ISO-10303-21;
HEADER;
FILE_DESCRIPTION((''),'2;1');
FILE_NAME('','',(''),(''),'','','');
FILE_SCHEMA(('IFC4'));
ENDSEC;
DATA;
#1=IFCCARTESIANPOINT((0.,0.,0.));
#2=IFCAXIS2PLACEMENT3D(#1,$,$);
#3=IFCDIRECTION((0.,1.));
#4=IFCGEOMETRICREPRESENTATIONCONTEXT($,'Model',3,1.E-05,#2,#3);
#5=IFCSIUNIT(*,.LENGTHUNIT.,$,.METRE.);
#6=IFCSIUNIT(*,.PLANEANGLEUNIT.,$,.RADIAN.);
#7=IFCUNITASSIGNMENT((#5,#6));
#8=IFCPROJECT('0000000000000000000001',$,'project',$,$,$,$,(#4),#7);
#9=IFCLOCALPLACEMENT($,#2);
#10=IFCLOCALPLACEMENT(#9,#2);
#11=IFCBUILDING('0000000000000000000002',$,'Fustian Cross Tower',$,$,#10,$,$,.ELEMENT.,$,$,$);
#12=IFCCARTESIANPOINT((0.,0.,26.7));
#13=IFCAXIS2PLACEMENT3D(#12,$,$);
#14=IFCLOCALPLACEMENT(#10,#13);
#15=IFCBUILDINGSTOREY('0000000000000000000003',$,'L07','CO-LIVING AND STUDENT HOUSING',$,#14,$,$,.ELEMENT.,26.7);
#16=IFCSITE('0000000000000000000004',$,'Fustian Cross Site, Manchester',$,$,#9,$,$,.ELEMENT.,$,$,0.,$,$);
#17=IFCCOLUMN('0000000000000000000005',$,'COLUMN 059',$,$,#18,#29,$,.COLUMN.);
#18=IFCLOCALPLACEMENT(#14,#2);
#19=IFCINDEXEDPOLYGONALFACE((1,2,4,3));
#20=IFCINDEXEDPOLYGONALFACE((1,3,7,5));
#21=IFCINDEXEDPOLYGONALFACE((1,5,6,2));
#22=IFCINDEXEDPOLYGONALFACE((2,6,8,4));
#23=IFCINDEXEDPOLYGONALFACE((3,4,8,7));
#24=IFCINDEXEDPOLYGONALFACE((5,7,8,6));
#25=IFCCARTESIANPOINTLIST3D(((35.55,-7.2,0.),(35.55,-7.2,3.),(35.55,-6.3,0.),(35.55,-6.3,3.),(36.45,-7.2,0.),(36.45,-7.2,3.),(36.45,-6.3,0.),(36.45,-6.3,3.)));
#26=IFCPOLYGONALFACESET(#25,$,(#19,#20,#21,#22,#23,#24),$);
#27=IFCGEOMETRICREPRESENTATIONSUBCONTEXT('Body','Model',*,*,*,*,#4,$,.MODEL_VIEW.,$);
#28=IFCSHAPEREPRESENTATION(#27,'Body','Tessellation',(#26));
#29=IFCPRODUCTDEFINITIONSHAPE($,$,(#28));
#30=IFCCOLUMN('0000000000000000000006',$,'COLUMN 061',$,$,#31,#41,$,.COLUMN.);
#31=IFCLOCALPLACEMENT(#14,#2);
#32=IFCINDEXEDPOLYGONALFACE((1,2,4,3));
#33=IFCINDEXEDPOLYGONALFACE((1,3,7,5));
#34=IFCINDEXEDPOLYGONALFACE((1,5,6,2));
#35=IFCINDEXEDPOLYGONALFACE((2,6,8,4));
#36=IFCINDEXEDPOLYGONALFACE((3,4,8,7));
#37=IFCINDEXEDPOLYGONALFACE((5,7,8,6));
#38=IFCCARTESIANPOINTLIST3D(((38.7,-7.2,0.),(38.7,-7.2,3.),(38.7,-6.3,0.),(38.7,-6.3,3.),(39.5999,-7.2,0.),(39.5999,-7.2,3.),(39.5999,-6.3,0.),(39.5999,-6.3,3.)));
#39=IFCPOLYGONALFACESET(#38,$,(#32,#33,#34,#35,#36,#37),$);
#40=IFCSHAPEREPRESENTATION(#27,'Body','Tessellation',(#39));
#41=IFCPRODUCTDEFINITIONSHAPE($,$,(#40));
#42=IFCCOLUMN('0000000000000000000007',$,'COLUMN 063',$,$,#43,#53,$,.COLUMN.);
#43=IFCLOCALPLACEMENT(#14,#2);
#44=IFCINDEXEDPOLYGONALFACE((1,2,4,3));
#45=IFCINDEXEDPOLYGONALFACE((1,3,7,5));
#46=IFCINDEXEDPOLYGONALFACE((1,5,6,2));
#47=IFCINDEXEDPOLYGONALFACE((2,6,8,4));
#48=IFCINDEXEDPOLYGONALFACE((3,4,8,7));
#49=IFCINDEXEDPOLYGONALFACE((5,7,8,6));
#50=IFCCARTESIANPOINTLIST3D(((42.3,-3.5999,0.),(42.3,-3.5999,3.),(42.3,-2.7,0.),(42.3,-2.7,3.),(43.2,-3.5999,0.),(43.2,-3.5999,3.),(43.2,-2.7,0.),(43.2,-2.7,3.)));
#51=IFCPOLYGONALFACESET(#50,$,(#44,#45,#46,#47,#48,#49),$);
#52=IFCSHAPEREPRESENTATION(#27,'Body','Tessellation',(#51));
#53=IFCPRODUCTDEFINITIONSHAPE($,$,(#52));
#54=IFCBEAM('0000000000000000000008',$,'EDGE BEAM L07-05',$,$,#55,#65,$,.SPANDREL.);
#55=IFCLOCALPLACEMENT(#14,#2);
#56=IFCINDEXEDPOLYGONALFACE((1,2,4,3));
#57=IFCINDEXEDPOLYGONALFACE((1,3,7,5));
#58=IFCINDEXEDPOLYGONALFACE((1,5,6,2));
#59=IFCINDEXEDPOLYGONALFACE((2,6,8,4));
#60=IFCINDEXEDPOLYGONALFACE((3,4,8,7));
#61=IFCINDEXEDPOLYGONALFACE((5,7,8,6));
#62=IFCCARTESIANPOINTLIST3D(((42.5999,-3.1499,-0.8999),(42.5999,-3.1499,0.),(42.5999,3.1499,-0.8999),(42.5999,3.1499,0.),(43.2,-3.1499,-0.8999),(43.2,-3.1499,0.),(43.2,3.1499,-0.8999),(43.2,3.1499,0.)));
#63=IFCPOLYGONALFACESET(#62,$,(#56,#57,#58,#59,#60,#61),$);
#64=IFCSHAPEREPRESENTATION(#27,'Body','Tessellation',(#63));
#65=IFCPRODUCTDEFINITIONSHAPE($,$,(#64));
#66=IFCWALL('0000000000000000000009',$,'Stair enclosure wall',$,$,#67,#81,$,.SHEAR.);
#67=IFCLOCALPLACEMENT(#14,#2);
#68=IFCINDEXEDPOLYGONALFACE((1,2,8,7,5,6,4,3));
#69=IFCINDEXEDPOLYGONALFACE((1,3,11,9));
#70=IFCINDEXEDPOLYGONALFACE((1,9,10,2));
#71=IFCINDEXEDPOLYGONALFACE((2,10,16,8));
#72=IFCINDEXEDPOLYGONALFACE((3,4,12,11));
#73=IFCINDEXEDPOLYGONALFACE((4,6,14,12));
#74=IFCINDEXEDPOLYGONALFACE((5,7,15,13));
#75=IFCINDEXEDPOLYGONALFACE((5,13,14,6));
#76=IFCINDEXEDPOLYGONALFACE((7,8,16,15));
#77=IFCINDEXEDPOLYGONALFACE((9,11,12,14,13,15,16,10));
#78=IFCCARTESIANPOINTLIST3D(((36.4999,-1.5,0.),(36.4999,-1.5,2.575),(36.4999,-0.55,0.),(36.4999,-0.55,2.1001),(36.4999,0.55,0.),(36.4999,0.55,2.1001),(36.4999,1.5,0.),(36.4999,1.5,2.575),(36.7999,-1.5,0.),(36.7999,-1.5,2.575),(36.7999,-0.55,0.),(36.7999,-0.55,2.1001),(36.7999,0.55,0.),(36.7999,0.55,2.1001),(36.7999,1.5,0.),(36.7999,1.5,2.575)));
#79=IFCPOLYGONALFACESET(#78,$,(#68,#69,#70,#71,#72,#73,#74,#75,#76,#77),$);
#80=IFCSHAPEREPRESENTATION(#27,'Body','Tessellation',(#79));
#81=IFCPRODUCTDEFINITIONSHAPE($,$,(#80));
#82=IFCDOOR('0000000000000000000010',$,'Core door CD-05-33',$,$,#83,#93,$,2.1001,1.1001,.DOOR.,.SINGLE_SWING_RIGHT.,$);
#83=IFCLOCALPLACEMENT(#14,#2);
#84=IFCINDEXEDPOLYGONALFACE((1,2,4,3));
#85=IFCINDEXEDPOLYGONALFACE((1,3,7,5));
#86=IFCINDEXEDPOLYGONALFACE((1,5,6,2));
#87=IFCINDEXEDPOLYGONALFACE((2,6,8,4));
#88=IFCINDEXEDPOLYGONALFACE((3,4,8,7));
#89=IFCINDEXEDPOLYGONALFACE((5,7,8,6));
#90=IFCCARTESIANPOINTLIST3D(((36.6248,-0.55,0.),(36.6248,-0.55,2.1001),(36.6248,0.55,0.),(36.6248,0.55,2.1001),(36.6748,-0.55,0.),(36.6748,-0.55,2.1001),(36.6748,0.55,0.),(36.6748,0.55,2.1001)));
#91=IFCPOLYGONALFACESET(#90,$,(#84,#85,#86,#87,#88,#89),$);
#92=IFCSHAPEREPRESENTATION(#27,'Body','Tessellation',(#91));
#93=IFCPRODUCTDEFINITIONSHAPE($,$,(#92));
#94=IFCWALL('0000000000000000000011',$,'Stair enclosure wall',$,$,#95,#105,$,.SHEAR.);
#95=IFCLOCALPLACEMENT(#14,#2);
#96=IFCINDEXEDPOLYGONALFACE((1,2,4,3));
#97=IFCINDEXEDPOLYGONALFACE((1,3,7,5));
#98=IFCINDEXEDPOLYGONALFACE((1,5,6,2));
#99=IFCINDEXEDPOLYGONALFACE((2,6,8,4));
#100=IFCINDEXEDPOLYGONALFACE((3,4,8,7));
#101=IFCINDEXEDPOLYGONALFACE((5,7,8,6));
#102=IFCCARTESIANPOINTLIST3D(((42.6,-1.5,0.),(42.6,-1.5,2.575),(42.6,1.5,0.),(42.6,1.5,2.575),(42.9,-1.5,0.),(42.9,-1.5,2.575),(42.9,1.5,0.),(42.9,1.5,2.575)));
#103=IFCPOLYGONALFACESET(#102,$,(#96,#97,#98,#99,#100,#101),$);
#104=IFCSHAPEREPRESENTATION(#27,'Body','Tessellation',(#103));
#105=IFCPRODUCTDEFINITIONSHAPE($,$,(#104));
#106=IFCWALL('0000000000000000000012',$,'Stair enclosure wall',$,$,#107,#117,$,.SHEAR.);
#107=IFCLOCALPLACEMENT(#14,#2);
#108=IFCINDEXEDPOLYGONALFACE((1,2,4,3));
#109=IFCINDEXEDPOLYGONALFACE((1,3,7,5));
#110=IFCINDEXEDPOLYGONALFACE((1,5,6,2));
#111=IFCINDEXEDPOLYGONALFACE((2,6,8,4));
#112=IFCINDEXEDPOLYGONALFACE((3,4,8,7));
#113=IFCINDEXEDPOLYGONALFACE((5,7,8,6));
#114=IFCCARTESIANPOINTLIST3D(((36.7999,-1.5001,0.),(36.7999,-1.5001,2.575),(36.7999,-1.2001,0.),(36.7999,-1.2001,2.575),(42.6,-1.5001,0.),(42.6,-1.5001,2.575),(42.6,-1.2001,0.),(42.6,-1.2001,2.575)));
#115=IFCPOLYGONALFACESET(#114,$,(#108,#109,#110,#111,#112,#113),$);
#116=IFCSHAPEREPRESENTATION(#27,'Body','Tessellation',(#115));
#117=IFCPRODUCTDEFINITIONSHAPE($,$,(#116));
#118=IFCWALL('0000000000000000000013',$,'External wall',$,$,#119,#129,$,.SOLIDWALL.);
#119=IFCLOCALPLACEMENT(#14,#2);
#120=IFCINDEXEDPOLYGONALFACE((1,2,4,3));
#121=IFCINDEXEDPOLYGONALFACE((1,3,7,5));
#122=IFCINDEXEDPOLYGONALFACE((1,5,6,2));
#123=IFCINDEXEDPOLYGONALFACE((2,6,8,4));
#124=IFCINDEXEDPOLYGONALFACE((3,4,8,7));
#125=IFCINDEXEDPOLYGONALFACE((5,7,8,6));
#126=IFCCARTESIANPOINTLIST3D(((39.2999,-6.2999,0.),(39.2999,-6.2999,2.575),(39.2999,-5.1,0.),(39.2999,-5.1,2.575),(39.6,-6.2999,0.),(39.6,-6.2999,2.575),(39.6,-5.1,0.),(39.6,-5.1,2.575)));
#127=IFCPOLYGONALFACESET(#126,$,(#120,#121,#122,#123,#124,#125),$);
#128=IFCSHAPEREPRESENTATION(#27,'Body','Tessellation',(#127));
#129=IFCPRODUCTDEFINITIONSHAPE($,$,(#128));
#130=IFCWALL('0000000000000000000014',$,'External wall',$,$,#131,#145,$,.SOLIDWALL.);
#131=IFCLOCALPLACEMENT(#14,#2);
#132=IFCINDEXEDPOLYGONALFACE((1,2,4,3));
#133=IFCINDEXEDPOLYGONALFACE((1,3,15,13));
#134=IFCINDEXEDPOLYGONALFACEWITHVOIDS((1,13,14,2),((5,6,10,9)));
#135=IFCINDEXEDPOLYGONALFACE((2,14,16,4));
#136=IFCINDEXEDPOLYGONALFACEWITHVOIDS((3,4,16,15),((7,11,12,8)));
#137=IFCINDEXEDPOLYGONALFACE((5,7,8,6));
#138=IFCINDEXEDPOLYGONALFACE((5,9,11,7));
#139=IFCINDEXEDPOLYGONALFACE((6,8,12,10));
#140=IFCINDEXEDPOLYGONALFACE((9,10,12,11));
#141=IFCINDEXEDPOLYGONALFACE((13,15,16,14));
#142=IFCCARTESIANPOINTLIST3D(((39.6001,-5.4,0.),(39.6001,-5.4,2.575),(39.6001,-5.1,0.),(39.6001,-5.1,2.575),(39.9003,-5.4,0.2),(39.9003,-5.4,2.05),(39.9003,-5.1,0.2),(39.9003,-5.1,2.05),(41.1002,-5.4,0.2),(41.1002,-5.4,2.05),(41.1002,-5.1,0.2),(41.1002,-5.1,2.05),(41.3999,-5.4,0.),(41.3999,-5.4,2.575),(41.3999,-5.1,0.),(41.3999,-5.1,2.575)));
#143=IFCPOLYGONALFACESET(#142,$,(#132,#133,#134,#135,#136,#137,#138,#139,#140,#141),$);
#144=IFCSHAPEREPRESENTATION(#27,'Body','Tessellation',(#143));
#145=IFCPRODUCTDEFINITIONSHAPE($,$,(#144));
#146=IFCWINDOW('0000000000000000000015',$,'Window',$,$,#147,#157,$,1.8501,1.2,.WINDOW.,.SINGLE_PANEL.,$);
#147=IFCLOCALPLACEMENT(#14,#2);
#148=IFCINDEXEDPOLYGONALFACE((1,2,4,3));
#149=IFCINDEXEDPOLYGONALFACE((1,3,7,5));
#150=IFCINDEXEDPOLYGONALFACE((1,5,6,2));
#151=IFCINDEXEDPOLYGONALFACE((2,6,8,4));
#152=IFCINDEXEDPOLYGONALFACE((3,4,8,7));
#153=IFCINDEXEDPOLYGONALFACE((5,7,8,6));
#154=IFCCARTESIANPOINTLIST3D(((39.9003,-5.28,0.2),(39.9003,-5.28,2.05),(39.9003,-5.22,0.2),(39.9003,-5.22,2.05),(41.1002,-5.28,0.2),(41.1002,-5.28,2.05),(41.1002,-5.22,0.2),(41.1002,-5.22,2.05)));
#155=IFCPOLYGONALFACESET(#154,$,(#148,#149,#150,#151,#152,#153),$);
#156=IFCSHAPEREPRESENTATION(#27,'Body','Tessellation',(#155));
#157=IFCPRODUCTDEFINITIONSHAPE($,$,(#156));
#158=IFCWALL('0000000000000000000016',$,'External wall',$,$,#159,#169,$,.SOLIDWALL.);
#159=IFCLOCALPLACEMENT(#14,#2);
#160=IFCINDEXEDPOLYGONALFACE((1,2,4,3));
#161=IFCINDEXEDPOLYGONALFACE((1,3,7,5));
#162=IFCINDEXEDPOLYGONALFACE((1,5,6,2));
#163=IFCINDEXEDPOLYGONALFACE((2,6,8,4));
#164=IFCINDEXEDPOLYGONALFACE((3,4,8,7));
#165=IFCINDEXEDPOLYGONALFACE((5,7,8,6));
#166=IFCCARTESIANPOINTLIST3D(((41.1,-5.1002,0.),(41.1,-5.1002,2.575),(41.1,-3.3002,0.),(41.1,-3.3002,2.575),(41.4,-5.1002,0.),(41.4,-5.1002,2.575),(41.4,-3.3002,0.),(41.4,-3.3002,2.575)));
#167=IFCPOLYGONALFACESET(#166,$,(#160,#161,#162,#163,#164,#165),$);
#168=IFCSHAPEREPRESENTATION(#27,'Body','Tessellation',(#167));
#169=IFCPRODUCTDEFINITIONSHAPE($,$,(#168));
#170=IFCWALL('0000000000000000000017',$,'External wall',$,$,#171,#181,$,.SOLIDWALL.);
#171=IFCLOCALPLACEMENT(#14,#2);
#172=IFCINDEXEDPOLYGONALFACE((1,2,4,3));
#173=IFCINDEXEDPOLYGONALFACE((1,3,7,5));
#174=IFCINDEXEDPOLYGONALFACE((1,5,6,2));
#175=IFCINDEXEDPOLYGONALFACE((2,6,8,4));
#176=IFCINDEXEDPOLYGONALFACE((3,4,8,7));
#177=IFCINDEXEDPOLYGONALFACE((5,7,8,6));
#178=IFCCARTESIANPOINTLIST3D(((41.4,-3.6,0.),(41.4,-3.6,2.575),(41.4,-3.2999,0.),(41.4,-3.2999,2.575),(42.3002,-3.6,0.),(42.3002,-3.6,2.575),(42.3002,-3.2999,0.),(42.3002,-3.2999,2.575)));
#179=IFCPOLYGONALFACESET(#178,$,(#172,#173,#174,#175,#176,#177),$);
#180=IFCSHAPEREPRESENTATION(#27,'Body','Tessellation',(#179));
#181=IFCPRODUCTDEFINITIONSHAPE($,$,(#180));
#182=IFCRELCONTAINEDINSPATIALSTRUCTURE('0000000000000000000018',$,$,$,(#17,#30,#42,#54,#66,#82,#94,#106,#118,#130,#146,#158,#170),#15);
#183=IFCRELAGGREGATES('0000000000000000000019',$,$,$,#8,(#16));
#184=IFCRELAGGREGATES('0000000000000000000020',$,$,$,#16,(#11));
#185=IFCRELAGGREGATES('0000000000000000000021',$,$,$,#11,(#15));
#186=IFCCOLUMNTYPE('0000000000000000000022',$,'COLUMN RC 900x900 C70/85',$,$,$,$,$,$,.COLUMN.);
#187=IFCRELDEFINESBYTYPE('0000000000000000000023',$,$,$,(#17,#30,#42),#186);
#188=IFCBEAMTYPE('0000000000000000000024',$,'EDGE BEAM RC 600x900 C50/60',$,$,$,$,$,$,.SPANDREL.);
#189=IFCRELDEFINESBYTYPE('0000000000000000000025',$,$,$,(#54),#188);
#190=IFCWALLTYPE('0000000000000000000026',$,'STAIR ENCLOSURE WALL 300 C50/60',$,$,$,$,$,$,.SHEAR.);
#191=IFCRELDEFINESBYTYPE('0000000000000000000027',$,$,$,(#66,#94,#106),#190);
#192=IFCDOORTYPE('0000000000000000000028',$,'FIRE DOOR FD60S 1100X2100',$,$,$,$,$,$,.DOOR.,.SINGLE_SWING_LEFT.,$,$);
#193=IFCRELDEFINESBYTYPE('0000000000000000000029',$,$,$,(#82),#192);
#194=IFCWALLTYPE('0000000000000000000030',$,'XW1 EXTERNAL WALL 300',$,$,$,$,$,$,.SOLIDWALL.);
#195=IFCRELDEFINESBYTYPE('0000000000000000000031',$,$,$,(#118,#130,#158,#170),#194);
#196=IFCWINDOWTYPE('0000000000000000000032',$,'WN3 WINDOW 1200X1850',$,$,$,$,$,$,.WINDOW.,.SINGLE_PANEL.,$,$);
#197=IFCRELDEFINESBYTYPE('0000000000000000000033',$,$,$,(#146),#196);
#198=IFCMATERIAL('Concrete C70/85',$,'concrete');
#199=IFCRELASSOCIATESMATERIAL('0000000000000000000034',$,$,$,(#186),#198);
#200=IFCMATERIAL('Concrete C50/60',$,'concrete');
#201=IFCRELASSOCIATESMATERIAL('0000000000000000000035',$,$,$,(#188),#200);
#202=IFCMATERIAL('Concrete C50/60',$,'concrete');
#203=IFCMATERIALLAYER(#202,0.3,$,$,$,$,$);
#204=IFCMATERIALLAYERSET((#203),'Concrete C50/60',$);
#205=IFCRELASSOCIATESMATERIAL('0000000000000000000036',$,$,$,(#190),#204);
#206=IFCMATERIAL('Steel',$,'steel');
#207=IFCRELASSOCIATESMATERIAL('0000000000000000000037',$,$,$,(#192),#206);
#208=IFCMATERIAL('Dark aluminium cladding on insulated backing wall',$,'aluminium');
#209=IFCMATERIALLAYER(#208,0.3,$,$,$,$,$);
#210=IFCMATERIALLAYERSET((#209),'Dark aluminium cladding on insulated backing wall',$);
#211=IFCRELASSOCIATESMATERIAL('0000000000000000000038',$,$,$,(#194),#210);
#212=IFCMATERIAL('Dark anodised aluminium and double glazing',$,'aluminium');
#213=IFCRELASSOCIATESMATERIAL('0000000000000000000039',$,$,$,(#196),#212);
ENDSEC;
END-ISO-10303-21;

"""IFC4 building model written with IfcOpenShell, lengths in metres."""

from ifc_helpers import new_model, si_unit, direction, frame, frame_2d, origin, origin_2d, place, context, subcontext, project, spatial, rectangle, extrude, material, layer, layer_set, material_profile, profile_set, type_object, element, fill, save


model = new_model("IFC4")

# Units and contexts
model_context = context("Model", 3, precision=1e-05, world=origin(), true_north=direction((0.0, 1.0)))
body_context = subcontext(model_context, "Body", "Model", "MODEL_VIEW")
ifc_project = project(units=[si_unit("LENGTHUNIT", "METRE"), si_unit("PLANEANGLEUNIT", "RADIAN")], contexts=[model_context])

# Site, building, storey
site_placement = place(None, origin())
site = spatial("IfcSite", under=ifc_project, at=site_placement, Name="Fustian Cross Site, Manchester", CompositionType="ELEMENT", RefElevation=0.0)
building_placement = place(site_placement, origin())
building = spatial("IfcBuilding", under=site, at=building_placement, Name="Fustian Cross Tower", CompositionType="ELEMENT")
storey_placement = place(building_placement, frame((0.0, 0.0, 26.7)))
storey = spatial("IfcBuildingStorey", under=building, at=storey_placement, Name="L07", Description="CO-LIVING AND STUDENT HOUSING", CompositionType="ELEMENT", Elevation=26.7)

# Columns
ifc_material_1 = material(Name="Concrete C70/85", Category="concrete")
ifc_material_profile_1 = material_profile(ifc_material_1, rectangle(XDim=0.8999, YDim=0.8999, at=origin_2d()), Name="RC 900x900")
ifc_profile_set_1 = profile_set([ifc_material_profile_1], Name="Concrete C70/85")
column_type = type_object("IfcColumnType", Name="COLUMN RC 900x900 C70/85", PredefinedType="COLUMN", material=ifc_profile_set_1)
for number, where, z_axis, x_axis, name in (
    (1, (36.0, -6.75, 0.0), (0.0, 0.0, 1.0), (1.0, 0.0, 0.0), "COLUMN 059"),
    (2, (39.1499, -6.75, 0.0), (0.0, 0.0, 1.0), (1.0, 0.0, 0.0), "COLUMN 061"),
    (3, (42.75, -3.1499, 0.0), (0.0, 0.0, 1.0), (1.0, 0.0, 0.0), "COLUMN 063"),
):
    element("IfcColumn", number, at=place(storey_placement, frame(where, z_axis=z_axis, x_axis=x_axis)), inside=storey, type_object=column_type, Name=name, PredefinedType="COLUMN", context=body_context, shape_type="SweptSolid", body=[
        extrude(rectangle(XDim=0.8999, YDim=0.8999, at=origin_2d()), origin(), (0.0, 0.0, 1.0), 3.0),
    ])

# Beam
ifc_material_2 = material(Name="Concrete C50/60", Category="concrete")
ifc_material_profile_2 = material_profile(ifc_material_2, rectangle(XDim=0.6001, YDim=0.8999, at=origin_2d()), Name="RC 600x900")
ifc_profile_set_2 = profile_set([ifc_material_profile_2], Name="Concrete C50/60")
beam_type = type_object("IfcBeamType", Name="EDGE BEAM RC 600x900 C50/60", PredefinedType="SPANDREL", material=ifc_profile_set_2)
beam_placement = place(storey_placement, frame((42.8999, -3.1499, -0.45), z_axis=(0.0, 1.0, 0.0), x_axis=(-1.0, 0.0, 0.0)))
element("IfcBeam", 4, at=beam_placement, inside=storey, type_object=beam_type, Name="EDGE BEAM L07-05", PredefinedType="SPANDREL", context=body_context, shape_type="SweptSolid", body=[
    extrude(rectangle(XDim=0.6001, YDim=0.8999, at=origin_2d()), origin(), (0.0, 0.0, 1.0), 6.2998),
])

# Wall, opening, door
ifc_material_3 = material(Name="Concrete C50/60", Category="concrete")
ifc_layer_1 = layer(ifc_material_3, 0.3)
ifc_layer_set_1 = layer_set([ifc_layer_1], Name="Concrete C50/60")
wall_type_1 = type_object("IfcWallType", Name="STAIR ENCLOSURE WALL 300 C50/60", PredefinedType="SHEAR", material=ifc_layer_set_1)
wall_1_placement = place(storey_placement, frame((36.6499, -1.5, 0.0), z_axis=(0.0, 0.0, 1.0), x_axis=(0.0, 1.0, 0.0)))
wall_1 = element("IfcWall", 5, at=wall_1_placement, inside=storey, type_object=wall_type_1, Name="Stair enclosure wall", PredefinedType="SHEAR", context=body_context, shape_type="SweptSolid", body=[
    extrude(rectangle(XDim=3.0, YDim=0.3, at=frame_2d((1.5, 0.0))), origin(), (0.0, 0.0, 1.0), 2.575),
])
opening_1_placement = place(wall_1_placement, frame((0.95, 0.0, 0.0)))
opening_1 = element("IfcOpeningElement", 6, at=opening_1_placement, cuts=wall_1, PredefinedType="OPENING", context=body_context, shape_type="SweptSolid", body=[
    extrude(rectangle(XDim=1.1001, YDim=2.1001, at=frame_2d((0.55, 1.05))), frame((0.0, 0.1599, 0.0), z_axis=(0.0, -1.0, 0.0), x_axis=(1.0, 0.0, 0.0)), (0.0, 0.0, 1.0), 0.3201),
])
ifc_material_4 = material(Name="Steel", Category="steel")
door_type = type_object("IfcDoorType", Name="FIRE DOOR FD60S 1100X2100", OperationType="SINGLE_SWING_LEFT", PredefinedType="DOOR", material=ifc_material_4)
door_placement = place(opening_1_placement, frame((1.1001, 0.0, 0.0), z_axis=(0.0, 0.0, 1.0), x_axis=(-1.0, 0.0, 0.0)))
door = element("IfcDoor", 7, at=door_placement, inside=storey, type_object=door_type, Name="Core door CD-05-33", OperationType="SINGLE_SWING_RIGHT", OverallHeight=2.1001, OverallWidth=1.1001, PredefinedType="DOOR", context=body_context, shape_type="SweptSolid", body=[
    extrude(rectangle(XDim=1.1001, YDim=2.1001, at=frame_2d((0.55, 1.05))), frame((0.0, 0.0249, 0.0), z_axis=(0.0, -1.0, 0.0), x_axis=(1.0, 0.0, 0.0)), (0.0, 0.0, 1.0), 0.05),
])
fill(opening_1, door)

# Walls
wall_2_placement = place(storey_placement, frame((42.75, -1.5, 0.0), z_axis=(0.0, 0.0, 1.0), x_axis=(0.0, 1.0, 0.0)))
element("IfcWall", 8, at=wall_2_placement, inside=storey, type_object=wall_type_1, Name="Stair enclosure wall", PredefinedType="SHEAR", context=body_context, shape_type="SweptSolid", body=[
    extrude(rectangle(XDim=3.0, YDim=0.3, at=frame_2d((1.5, 0.0))), origin(), (0.0, 0.0, 1.0), 2.575),
])
wall_3_placement = place(storey_placement, frame((36.8, -1.3501, 0.0), z_axis=(0.0, 0.0, 1.0), x_axis=(1.0, 0.0, 0.0)))
element("IfcWall", 9, at=wall_3_placement, inside=storey, type_object=wall_type_1, Name="Stair enclosure wall", PredefinedType="SHEAR", context=body_context, shape_type="SweptSolid", body=[
    extrude(rectangle(XDim=5.8, YDim=0.3, at=frame_2d((2.8999, 0.0))), origin(), (0.0, 0.0, 1.0), 2.575),
])
ifc_material_5 = material(Name="Dark aluminium cladding on insulated backing wall", Category="aluminium")
ifc_layer_2 = layer(ifc_material_5, 0.3)
ifc_layer_set_2 = layer_set([ifc_layer_2], Name="Dark aluminium cladding on insulated backing wall")
wall_type_2 = type_object("IfcWallType", Name="XW1 EXTERNAL WALL 300", PredefinedType="SOLIDWALL", material=ifc_layer_set_2)
wall_4_placement = place(storey_placement, frame((39.45, -6.3, 0.0), z_axis=(0.0, 0.0, 1.0), x_axis=(0.0, 1.0, 0.0)))
element("IfcWall", 10, at=wall_4_placement, inside=storey, type_object=wall_type_2, Name="External wall", PredefinedType="SOLIDWALL", context=body_context, shape_type="SweptSolid", body=[
    extrude(rectangle(XDim=1.2, YDim=0.3, at=frame_2d((0.6001, 0.0))), origin(), (0.0, 0.0, 1.0), 2.575),
])

# Wall, opening, window
wall_5_placement = place(storey_placement, frame((39.6001, -5.25, 0.0), z_axis=(0.0, 0.0, 1.0), x_axis=(1.0, 0.0, 0.0)))
wall_5 = element("IfcWall", 11, at=wall_5_placement, inside=storey, type_object=wall_type_2, Name="External wall", PredefinedType="SOLIDWALL", context=body_context, shape_type="SweptSolid", body=[
    extrude(rectangle(XDim=1.7998, YDim=0.3, at=frame_2d((0.8999, 0.0))), origin(), (0.0, 0.0, 1.0), 2.575),
])
opening_2_placement = place(wall_5_placement, frame((0.3, 0.0, 0.2)))
opening_2 = element("IfcOpeningElement", 12, at=opening_2_placement, cuts=wall_5, PredefinedType="OPENING", context=body_context, shape_type="SweptSolid", body=[
    extrude(rectangle(XDim=1.2, YDim=1.8501, at=frame_2d((0.6001, 0.925))), frame((0.0, 0.1599, 0.0), z_axis=(0.0, -1.0, 0.0), x_axis=(1.0, 0.0, 0.0)), (0.0, 0.0, 1.0), 0.3201),
])
ifc_material_6 = material(Name="Dark anodised aluminium and double glazing", Category="aluminium")
window_type_1 = type_object("IfcWindowType", Name="WN3 WINDOW 1200X1850", PartitioningType="SINGLE_PANEL", PredefinedType="WINDOW", material=ifc_material_6)
window_1_placement = place(opening_2_placement, origin())
window_1 = element("IfcWindow", 13, at=window_1_placement, inside=storey, type_object=window_type_1, Name="Window", OverallHeight=1.8501, OverallWidth=1.2, PartitioningType="SINGLE_PANEL", PredefinedType="WINDOW", context=body_context, shape_type="SweptSolid", body=[
    extrude(rectangle(XDim=1.2, YDim=1.8501, at=frame_2d((0.6001, 0.925))), frame((0.0, 0.03, 0.0), z_axis=(0.0, -1.0, 0.0), x_axis=(1.0, 0.0, 0.0)), (0.0, 0.0, 1.0), 0.0601),
])
fill(opening_2, window_1)

# Walls
wall_6_placement = place(storey_placement, frame((41.25, -5.1001, 0.0), z_axis=(0.0, 0.0, 1.0), x_axis=(0.0, 1.0, 0.0)))
element("IfcWall", 14, at=wall_6_placement, inside=storey, type_object=wall_type_2, Name="External wall", PredefinedType="SOLIDWALL", context=body_context, shape_type="SweptSolid", body=[
    extrude(rectangle(XDim=1.8, YDim=0.3, at=frame_2d((0.8999, 0.0))), origin(), (0.0, 0.0, 1.0), 2.575),
])
wall_7_placement = place(storey_placement, frame((41.3999, -3.45, 0.0), z_axis=(0.0, 0.0, 1.0), x_axis=(1.0, 0.0, 0.0)))
element("IfcWall", 15, at=wall_7_placement, inside=storey, type_object=wall_type_2, Name="External wall", PredefinedType="SOLIDWALL", context=body_context, shape_type="SweptSolid", body=[
    extrude(rectangle(XDim=0.9001, YDim=0.3, at=frame_2d((0.4502, 0.0))), origin(), (0.0, 0.0, 1.0), 2.575),
])

save(model, "model.ifc")
